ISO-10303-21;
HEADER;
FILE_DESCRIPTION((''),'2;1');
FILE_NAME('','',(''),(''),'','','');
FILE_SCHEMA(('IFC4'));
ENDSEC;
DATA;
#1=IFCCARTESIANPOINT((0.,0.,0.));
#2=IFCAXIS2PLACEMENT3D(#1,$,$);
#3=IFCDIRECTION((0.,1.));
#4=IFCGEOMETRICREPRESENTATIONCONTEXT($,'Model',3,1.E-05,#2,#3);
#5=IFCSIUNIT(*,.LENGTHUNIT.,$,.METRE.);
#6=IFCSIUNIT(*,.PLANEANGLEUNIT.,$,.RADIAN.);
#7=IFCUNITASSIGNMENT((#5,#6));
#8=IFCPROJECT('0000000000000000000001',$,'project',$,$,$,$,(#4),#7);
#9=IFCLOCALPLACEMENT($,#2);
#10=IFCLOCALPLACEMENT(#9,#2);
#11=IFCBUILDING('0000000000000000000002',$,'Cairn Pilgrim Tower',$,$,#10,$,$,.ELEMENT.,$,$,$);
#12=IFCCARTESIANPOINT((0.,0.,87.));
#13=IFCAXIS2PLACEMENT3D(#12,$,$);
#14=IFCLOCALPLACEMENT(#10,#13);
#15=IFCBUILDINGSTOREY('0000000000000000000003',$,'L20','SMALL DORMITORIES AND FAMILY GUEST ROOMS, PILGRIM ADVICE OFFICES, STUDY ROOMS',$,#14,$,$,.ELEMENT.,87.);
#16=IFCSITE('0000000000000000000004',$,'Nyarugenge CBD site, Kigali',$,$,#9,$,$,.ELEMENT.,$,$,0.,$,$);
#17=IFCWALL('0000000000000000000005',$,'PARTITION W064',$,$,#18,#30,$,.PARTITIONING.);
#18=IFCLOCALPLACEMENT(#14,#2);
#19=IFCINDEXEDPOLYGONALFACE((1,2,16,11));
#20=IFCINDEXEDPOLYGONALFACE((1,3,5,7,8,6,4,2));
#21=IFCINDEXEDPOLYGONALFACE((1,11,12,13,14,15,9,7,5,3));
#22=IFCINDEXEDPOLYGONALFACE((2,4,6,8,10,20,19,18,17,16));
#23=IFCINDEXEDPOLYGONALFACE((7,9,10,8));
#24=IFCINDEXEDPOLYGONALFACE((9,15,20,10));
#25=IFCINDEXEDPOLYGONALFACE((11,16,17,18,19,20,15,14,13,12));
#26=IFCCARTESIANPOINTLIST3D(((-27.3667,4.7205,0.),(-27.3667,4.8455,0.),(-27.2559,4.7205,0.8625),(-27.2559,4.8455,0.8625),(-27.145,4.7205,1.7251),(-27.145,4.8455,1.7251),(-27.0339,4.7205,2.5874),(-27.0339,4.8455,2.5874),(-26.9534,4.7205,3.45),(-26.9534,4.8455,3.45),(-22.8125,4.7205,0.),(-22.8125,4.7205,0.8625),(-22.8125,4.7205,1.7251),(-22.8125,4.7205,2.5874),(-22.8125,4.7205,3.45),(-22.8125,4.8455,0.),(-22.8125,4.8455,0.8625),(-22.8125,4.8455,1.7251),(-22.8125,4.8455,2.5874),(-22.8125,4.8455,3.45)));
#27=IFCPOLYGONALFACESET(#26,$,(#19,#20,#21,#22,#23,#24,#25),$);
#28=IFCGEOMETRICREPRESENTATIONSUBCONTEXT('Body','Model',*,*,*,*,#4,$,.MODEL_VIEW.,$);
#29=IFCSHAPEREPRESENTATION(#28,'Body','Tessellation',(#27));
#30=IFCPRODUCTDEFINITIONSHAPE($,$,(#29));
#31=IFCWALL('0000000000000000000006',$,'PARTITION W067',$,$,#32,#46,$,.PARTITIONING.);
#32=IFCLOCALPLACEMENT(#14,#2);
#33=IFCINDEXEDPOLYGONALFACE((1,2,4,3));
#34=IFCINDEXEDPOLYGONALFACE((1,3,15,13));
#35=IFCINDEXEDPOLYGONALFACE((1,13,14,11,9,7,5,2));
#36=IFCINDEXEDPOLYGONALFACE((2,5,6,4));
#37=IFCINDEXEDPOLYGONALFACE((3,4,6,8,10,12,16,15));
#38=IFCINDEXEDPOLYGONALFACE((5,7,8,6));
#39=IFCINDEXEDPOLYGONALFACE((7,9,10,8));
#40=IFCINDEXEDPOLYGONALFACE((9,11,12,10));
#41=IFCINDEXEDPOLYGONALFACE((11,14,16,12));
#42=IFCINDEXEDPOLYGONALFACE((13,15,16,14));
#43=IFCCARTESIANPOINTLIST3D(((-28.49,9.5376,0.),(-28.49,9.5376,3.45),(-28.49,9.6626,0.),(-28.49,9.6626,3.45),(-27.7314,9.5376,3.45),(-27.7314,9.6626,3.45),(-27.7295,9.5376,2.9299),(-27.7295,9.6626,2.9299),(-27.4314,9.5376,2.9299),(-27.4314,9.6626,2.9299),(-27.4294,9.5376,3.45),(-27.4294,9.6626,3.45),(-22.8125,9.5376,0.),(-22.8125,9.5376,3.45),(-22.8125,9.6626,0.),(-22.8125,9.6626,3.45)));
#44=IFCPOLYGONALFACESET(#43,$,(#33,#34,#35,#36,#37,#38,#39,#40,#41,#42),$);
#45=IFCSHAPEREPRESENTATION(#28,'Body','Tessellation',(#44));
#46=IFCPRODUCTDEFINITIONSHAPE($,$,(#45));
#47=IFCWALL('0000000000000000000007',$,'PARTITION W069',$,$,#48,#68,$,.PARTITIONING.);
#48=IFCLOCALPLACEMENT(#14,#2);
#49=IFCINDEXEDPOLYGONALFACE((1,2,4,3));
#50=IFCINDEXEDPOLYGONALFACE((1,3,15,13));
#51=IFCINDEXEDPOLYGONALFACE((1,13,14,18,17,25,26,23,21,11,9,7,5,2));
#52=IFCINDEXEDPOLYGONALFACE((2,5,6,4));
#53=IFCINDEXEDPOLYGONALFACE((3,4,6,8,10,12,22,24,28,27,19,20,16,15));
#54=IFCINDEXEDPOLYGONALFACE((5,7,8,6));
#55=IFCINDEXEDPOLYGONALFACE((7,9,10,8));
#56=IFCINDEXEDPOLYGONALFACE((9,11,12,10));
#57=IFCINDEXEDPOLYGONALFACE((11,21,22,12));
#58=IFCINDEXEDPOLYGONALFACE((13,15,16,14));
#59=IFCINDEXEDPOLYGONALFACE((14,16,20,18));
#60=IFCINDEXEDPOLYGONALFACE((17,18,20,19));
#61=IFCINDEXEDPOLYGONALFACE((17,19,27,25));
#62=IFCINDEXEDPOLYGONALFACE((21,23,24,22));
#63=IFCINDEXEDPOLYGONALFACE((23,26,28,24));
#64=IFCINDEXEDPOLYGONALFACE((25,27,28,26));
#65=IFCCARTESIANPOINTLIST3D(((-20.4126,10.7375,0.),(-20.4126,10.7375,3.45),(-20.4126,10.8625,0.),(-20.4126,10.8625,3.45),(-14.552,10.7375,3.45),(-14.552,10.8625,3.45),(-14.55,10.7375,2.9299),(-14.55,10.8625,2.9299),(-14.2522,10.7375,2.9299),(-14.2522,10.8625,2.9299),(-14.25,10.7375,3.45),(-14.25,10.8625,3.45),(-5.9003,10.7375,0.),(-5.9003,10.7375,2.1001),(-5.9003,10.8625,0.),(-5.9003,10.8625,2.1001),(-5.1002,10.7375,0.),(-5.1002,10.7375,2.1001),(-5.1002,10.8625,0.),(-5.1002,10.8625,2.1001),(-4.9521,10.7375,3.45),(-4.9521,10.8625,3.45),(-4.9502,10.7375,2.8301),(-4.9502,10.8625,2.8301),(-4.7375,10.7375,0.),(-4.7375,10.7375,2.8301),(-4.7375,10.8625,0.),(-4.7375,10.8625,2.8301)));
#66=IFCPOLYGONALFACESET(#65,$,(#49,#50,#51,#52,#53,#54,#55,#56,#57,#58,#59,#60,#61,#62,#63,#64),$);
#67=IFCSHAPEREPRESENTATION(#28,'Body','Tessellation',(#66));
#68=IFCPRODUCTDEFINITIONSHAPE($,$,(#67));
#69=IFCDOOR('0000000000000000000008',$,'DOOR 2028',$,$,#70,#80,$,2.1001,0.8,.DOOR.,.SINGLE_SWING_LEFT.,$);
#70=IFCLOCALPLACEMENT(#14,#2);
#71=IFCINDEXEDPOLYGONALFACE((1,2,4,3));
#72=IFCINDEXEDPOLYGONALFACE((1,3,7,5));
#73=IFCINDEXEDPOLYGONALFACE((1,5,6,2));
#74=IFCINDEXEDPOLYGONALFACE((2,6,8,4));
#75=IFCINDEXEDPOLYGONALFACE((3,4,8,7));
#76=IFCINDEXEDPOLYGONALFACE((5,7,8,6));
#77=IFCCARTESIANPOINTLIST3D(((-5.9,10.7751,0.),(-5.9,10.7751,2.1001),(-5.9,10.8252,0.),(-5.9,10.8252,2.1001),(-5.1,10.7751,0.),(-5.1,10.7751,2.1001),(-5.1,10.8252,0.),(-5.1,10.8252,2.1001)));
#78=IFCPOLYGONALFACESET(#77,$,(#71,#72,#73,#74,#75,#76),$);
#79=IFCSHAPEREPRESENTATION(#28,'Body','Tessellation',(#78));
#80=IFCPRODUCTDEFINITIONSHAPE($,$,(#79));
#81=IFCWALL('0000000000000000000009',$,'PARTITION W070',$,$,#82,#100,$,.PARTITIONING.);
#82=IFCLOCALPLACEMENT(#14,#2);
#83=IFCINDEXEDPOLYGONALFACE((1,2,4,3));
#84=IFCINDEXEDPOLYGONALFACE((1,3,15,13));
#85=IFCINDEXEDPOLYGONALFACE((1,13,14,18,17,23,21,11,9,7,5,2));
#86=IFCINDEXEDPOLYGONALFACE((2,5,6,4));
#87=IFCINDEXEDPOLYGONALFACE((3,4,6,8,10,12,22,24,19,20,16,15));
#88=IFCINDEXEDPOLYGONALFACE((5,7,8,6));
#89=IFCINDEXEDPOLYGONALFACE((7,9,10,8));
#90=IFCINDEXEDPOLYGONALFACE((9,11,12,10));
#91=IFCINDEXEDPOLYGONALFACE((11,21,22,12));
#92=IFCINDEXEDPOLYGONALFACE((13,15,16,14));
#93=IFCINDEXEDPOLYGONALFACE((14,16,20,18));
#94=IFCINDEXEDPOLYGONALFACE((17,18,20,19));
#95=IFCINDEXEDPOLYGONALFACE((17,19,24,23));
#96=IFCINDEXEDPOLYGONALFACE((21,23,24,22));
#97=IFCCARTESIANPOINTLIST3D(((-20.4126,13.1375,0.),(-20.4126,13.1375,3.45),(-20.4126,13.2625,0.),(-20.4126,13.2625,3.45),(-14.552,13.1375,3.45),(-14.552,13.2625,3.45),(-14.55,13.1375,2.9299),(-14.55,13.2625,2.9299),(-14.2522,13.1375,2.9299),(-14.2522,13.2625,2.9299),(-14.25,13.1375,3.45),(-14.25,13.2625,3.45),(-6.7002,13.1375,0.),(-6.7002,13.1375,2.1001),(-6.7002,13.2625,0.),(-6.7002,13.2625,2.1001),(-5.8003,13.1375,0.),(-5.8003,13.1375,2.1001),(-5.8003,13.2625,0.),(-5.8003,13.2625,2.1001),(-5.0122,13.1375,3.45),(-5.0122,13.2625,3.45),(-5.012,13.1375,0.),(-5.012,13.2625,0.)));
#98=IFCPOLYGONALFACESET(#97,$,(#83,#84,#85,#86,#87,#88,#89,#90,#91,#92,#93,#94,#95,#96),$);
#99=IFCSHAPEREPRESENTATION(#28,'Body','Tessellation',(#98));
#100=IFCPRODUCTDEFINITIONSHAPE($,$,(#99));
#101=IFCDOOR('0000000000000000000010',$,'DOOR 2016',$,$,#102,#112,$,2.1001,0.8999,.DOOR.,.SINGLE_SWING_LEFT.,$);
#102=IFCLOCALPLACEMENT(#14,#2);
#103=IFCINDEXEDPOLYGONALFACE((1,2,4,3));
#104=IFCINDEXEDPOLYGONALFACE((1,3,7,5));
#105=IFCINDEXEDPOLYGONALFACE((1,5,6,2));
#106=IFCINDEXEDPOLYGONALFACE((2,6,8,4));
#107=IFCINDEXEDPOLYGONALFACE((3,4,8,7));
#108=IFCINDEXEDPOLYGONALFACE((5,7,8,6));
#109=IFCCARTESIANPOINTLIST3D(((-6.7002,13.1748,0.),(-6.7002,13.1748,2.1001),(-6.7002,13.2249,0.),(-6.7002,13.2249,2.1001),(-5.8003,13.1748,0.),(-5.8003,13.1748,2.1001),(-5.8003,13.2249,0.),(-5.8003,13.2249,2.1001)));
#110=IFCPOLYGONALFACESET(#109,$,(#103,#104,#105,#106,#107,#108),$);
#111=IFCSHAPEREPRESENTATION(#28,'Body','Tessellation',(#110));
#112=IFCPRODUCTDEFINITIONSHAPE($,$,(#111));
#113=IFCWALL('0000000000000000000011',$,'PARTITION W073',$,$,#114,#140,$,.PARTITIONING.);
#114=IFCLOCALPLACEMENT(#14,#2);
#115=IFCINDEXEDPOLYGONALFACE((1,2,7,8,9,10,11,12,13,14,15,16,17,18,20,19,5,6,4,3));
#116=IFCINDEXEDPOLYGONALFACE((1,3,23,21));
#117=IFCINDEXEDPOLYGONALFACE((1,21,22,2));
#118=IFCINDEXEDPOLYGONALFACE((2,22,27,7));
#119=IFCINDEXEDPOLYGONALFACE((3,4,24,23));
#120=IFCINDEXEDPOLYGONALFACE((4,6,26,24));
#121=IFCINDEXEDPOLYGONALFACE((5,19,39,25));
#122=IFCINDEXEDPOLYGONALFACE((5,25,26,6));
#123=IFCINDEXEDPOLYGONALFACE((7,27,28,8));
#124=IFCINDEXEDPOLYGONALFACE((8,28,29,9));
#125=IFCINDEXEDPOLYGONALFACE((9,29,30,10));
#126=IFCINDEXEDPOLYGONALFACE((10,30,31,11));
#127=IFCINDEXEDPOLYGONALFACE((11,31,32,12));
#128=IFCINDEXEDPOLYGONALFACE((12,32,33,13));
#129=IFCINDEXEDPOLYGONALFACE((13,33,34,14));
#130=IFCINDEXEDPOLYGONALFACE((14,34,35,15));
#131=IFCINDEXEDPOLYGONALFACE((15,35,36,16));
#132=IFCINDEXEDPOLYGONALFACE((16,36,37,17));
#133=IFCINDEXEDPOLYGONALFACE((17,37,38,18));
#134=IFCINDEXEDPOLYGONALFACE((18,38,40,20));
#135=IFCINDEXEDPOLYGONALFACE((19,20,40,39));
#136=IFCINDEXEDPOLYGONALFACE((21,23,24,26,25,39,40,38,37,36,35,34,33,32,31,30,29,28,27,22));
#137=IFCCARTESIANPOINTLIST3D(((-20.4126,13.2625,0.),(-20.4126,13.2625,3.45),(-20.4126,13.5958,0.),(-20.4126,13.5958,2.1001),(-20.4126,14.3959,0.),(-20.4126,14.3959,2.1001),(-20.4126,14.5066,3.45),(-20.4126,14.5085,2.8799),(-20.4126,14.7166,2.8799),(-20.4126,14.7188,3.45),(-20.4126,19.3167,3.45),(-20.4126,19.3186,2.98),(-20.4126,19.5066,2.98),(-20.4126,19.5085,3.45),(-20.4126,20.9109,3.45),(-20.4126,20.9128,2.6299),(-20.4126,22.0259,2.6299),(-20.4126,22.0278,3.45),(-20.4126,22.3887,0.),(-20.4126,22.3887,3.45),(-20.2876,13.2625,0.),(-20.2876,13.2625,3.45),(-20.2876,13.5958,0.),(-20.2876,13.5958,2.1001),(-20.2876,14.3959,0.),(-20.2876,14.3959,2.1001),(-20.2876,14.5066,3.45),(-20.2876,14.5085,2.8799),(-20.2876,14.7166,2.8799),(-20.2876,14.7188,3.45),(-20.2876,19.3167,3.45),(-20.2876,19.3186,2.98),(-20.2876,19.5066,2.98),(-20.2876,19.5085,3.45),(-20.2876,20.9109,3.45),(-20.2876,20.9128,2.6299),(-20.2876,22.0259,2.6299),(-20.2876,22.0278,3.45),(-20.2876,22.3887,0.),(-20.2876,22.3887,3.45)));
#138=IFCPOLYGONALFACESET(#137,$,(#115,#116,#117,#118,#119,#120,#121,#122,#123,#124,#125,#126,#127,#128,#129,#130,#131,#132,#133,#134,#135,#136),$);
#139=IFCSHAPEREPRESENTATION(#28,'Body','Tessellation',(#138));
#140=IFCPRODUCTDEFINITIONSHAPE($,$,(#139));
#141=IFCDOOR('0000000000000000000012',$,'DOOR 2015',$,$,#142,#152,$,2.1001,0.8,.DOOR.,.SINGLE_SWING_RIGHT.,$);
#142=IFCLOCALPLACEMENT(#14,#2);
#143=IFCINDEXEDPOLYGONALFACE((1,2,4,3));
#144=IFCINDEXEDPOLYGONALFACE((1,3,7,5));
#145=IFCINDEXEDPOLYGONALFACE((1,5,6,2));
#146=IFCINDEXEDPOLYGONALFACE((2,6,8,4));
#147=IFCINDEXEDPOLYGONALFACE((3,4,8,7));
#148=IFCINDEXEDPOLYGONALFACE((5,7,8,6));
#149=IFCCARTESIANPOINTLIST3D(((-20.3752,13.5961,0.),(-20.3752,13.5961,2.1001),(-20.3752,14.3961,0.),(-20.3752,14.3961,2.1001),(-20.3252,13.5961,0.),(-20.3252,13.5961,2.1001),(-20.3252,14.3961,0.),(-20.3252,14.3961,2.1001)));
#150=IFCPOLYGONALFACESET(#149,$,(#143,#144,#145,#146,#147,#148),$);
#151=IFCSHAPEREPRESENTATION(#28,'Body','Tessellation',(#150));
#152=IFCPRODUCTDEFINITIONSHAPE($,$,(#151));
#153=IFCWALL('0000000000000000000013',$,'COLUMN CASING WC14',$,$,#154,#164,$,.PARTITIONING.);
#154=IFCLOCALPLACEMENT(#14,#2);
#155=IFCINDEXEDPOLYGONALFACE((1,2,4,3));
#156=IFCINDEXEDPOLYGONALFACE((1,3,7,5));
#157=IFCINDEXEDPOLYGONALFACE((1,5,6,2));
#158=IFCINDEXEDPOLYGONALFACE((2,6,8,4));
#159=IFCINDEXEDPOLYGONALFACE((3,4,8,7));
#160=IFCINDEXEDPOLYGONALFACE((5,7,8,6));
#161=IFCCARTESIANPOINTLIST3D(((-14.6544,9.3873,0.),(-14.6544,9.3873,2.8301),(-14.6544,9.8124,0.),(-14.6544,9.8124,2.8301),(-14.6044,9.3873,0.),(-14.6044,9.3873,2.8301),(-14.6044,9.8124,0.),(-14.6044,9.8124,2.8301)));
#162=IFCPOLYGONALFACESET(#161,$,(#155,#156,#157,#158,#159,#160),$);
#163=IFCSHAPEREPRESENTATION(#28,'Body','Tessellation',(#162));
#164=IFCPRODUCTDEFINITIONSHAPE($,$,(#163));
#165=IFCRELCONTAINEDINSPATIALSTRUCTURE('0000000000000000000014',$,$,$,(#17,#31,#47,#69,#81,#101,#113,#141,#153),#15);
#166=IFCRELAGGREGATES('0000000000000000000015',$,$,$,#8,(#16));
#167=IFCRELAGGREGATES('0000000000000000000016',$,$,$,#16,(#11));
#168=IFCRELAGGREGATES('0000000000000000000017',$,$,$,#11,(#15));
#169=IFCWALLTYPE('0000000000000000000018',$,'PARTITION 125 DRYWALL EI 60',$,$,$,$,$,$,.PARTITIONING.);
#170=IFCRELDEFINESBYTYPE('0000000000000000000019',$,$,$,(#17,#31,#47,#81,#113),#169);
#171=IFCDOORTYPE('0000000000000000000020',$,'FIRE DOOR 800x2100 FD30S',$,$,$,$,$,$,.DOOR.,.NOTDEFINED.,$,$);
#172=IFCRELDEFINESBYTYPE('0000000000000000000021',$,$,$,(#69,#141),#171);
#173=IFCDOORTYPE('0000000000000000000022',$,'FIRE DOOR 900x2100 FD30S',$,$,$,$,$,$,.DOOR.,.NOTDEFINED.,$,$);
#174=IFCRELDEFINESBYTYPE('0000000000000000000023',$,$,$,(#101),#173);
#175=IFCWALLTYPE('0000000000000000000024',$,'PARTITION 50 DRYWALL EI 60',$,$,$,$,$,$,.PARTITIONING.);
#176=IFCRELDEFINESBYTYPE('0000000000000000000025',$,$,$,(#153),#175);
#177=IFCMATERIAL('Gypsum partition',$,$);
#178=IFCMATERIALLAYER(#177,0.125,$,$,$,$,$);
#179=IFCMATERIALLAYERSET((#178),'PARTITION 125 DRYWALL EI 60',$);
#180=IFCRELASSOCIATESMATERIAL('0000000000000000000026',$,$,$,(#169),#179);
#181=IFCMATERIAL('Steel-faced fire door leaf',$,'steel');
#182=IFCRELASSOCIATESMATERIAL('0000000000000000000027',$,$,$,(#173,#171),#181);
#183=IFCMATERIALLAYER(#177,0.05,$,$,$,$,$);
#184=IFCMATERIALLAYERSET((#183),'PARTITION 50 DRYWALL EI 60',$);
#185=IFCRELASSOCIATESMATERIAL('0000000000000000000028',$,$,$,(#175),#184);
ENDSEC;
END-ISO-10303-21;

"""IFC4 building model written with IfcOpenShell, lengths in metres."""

from ifc_helpers import new_model, si_unit, direction, frame, frame_2d, origin, place, context, subcontext, project, spatial, polyline, rectangle, outline, extrude, material, layer, layer_set, type_object, element, fill, save


model = new_model("IFC4")

# Units and contexts
model_context = context("Model", 3, precision=1e-05, world=origin(), true_north=direction((0.0, 1.0)))
body_context = subcontext(model_context, "Body", "Model", "MODEL_VIEW")
ifc_project = project(units=[si_unit("LENGTHUNIT", "METRE"), si_unit("PLANEANGLEUNIT", "RADIAN")], contexts=[model_context])

# Site, building, storey
site_placement = place(None, origin())
site = spatial("IfcSite", under=ifc_project, at=site_placement, Name="Nyarugenge CBD site, Kigali", CompositionType="ELEMENT", RefElevation=0.0)
building_placement = place(site_placement, origin())
building = spatial("IfcBuilding", under=site, at=building_placement, Name="Cairn Pilgrim Tower", CompositionType="ELEMENT")
storey_placement = place(building_placement, frame((0.0, 0.0, 87.0)))
storey = spatial("IfcBuildingStorey", under=building, at=storey_placement, Name="L20", Description="SMALL DORMITORIES AND FAMILY GUEST ROOMS, PILGRIM ADVICE OFFICES, STUDY ROOMS", CompositionType="ELEMENT", Elevation=87.0)

# Shared definitions
ifc_material_1 = material(Name="Gypsum partition")
ifc_layer_1 = layer(ifc_material_1, 0.125)
ifc_layer_set_1 = layer_set([ifc_layer_1], Name="PARTITION 125 DRYWALL EI 60")
wall_type_1 = type_object("IfcWallType", Name="PARTITION 125 DRYWALL EI 60", PredefinedType="PARTITIONING", material=ifc_layer_set_1)

# Shared definitions
ifc_material_2 = material(Name="Steel-faced fire door leaf", Category="steel")
door_type_1 = type_object("IfcDoorType", Name="FIRE DOOR 900x2100 FD30S", OperationType="NOTDEFINED", PredefinedType="DOOR", material=ifc_material_2)
door_type_2 = type_object("IfcDoorType", Name="FIRE DOOR 800x2100 FD30S", OperationType="NOTDEFINED", PredefinedType="DOOR", material=ifc_material_2)

# Walls
wall_1_placement = place(storey_placement, frame((-27.3667, 4.783, 0.0), z_axis=(0.0, 0.0, 1.0), x_axis=(1.0, 0.0, 0.0)))
element("IfcWall", 1, at=wall_1_placement, inside=storey, type_object=wall_type_1, Name="PARTITION W064", PredefinedType="PARTITIONING", context=body_context, shape_type="SweptSolid", body=[
    extrude(outline(polyline([(0.0, 0.0), (4.5542, 0.0), (4.5542, 0.8625), (4.5542, 1.7251), (4.5542, 2.5874), (4.5542, 3.45), (0.4133, 3.45), (0.3328, 2.5874), (0.2217, 1.7251), (0.1108, 0.8625), (0.0, 0.0)])), frame((0.0, 0.0625, 0.0), z_axis=(0.0, -1.0, 0.0), x_axis=(1.0, 0.0, 0.0)), (0.0, 0.0, 1.0), 0.125),
])
wall_2_placement = place(storey_placement, frame((-28.49, 9.6001, 0.0), z_axis=(0.0, 0.0, 1.0), x_axis=(1.0, 0.0, 0.0)))
element("IfcWall", 2, at=wall_2_placement, inside=storey, type_object=wall_type_1, Name="PARTITION W067", PredefinedType="PARTITIONING", context=body_context, shape_type="SweptSolid", body=[
    extrude(outline(polyline([(0.0, 0.0), (5.6775, 0.0), (5.6775, 3.45), (1.0605, 3.45), (1.0586, 2.9299), (0.7605, 2.9299), (0.7585, 3.45), (0.0, 3.45), (0.0, 0.0)])), frame((0.0, 0.0625, 0.0), z_axis=(0.0, -1.0, 0.0), x_axis=(1.0, 0.0, 0.0)), (0.0, 0.0, 1.0), 0.125),
])

# Walls, openings, doors
wall_3_placement = place(storey_placement, frame((-20.4126, 10.8, 0.0), z_axis=(0.0, 0.0, 1.0), x_axis=(1.0, 0.0, 0.0)))
wall_3 = element("IfcWall", 3, at=wall_3_placement, inside=storey, type_object=wall_type_1, Name="PARTITION W069", PredefinedType="PARTITIONING", context=body_context, shape_type="SweptSolid", body=[
    extrude(outline(polyline([(0.0, 0.0), (15.675, 0.0), (15.675, 2.8301), (15.4624, 2.8301), (15.4604, 3.45), (6.1626, 3.45), (6.1604, 2.9299), (5.8625, 2.9299), (5.8606, 3.45), (0.0, 3.45), (0.0, 0.0)])), frame((0.0, 0.0625, 0.0), z_axis=(0.0, -1.0, 0.0), x_axis=(1.0, 0.0, 0.0)), (0.0, 0.0, 1.0), 0.125),
])
opening_1_placement = place(wall_3_placement, frame((14.5125, 0.0, 0.0)))
opening_1 = element("IfcOpeningElement", 4, at=opening_1_placement, cuts=wall_3, PredefinedType="OPENING", context=body_context, shape_type="SweptSolid", body=[
    extrude(rectangle(XDim=0.8, YDim=2.1001, at=frame_2d((0.3999, 1.05))), frame((0.0, 0.0725, 0.0), z_axis=(0.0, -1.0, 0.0), x_axis=(1.0, 0.0, 0.0)), (0.0, 0.0, 1.0), 0.145),
])
door_1_placement = place(opening_1_placement, frame((0.8, 0.0, 0.0), z_axis=(0.0, 0.0, 1.0), x_axis=(-1.0, 0.0, 0.0)))
door_1 = element("IfcDoor", 5, at=door_1_placement, inside=storey, type_object=door_type_2, Name="DOOR 2028", OperationType="SINGLE_SWING_LEFT", OverallHeight=2.1001, OverallWidth=0.8, PredefinedType="DOOR", context=body_context, shape_type="SweptSolid", body=[
    extrude(rectangle(XDim=0.8, YDim=2.1001, at=frame_2d((0.3999, 1.05))), frame((0.0, 0.0249, 0.0), z_axis=(0.0, -1.0, 0.0), x_axis=(1.0, 0.0, 0.0)), (0.0, 0.0, 1.0), 0.05),
])
fill(opening_1, door_1)
wall_4_placement = place(storey_placement, frame((-20.4126, 13.2, 0.0), z_axis=(0.0, 0.0, 1.0), x_axis=(1.0, 0.0, 0.0)))
wall_4 = element("IfcWall", 6, at=wall_4_placement, inside=storey, type_object=wall_type_1, Name="PARTITION W070", PredefinedType="PARTITIONING", context=body_context, shape_type="SweptSolid", body=[
    extrude(outline(polyline([(0.0, 0.0), (15.4006, 0.0), (15.4004, 3.45), (6.1626, 3.45), (6.1604, 2.9299), (5.8625, 2.9299), (5.8606, 3.45), (0.0, 3.45), (0.0, 0.0)])), frame((0.0, 0.0625, 0.0), z_axis=(0.0, -1.0, 0.0), x_axis=(1.0, 0.0, 0.0)), (0.0, 0.0, 1.0), 0.125),
])
opening_2_placement = place(wall_4_placement, frame((13.7124, 0.0, 0.0)))
opening_2 = element("IfcOpeningElement", 7, at=opening_2_placement, cuts=wall_4, PredefinedType="OPENING", context=body_context, shape_type="SweptSolid", body=[
    extrude(rectangle(XDim=0.8999, YDim=2.1001, at=frame_2d((0.45, 1.05))), frame((0.0, 0.0725, 0.0), z_axis=(0.0, -1.0, 0.0), x_axis=(1.0, 0.0, 0.0)), (0.0, 0.0, 1.0), 0.145),
])
door_2_placement = place(opening_2_placement, origin())
door_2 = element("IfcDoor", 8, at=door_2_placement, inside=storey, type_object=door_type_1, Name="DOOR 2016", OperationType="SINGLE_SWING_LEFT", OverallHeight=2.1001, OverallWidth=0.8999, PredefinedType="DOOR", context=body_context, shape_type="SweptSolid", body=[
    extrude(rectangle(XDim=0.8999, YDim=2.1001, at=frame_2d((0.45, 1.05))), frame((0.0, 0.0249, 0.0), z_axis=(0.0, -1.0, 0.0), x_axis=(1.0, 0.0, 0.0)), (0.0, 0.0, 1.0), 0.05),
])
fill(opening_2, door_2)
wall_5_placement = place(storey_placement, frame((-20.3501, 13.2625, 0.0), z_axis=(0.0, 0.0, 1.0), x_axis=(0.0, 1.0, 0.0)))
wall_5 = element("IfcWall", 9, at=wall_5_placement, inside=storey, type_object=wall_type_1, Name="PARTITION W073", PredefinedType="PARTITIONING", context=body_context, shape_type="SweptSolid", body=[
    extrude(outline(polyline([(0.0, 0.0), (9.1262, 0.0), (9.1262, 3.45), (8.7654, 3.45), (8.7634, 2.6299), (7.6504, 2.6299), (7.6484, 3.45), (6.2461, 3.45), (6.2441, 2.98), (6.0562, 2.98), (6.0542, 3.45), (1.4563, 3.45), (1.4541, 2.8799), (1.2461, 2.8799), (1.2441, 3.45), (0.0, 3.45), (0.0, 0.0)])), frame((0.0, 0.0625, 0.0), z_axis=(0.0, -1.0, 0.0), x_axis=(1.0, 0.0, 0.0)), (0.0, 0.0, 1.0), 0.125),
])
opening_3_placement = place(wall_5_placement, frame((0.3335, 0.0, 0.0)))
opening_3 = element("IfcOpeningElement", 10, at=opening_3_placement, cuts=wall_5, PredefinedType="OPENING", context=body_context, shape_type="SweptSolid", body=[
    extrude(rectangle(XDim=0.8, YDim=2.1001, at=frame_2d((0.3999, 1.05))), frame((0.0, 0.0725, 0.0), z_axis=(0.0, -1.0, 0.0), x_axis=(1.0, 0.0, 0.0)), (0.0, 0.0, 1.0), 0.145),
])
door_3_placement = place(opening_3_placement, frame((0.8, 0.0, 0.0), z_axis=(0.0, 0.0, 1.0), x_axis=(-1.0, 0.0, 0.0)))
door_3 = element("IfcDoor", 11, at=door_3_placement, inside=storey, type_object=door_type_2, Name="DOOR 2015", OperationType="SINGLE_SWING_RIGHT", OverallHeight=2.1001, OverallWidth=0.8, PredefinedType="DOOR", context=body_context, shape_type="SweptSolid", body=[
    extrude(rectangle(XDim=0.8, YDim=2.1001, at=frame_2d((0.3999, 1.05))), frame((0.0, 0.0249, 0.0), z_axis=(0.0, -1.0, 0.0), x_axis=(1.0, 0.0, 0.0)), (0.0, 0.0, 1.0), 0.05),
])
fill(opening_3, door_3)

# Wall
ifc_layer_2 = layer(ifc_material_1, 0.05)
ifc_layer_set_2 = layer_set([ifc_layer_2], Name="PARTITION 50 DRYWALL EI 60")
wall_type_2 = type_object("IfcWallType", Name="PARTITION 50 DRYWALL EI 60", PredefinedType="PARTITIONING", material=ifc_layer_set_2)
wall_6_placement = place(storey_placement, frame((-14.6294, 9.3875, 0.0), z_axis=(0.0, 0.0, 1.0), x_axis=(0.0, 1.0, 0.0)))
element("IfcWall", 12, at=wall_6_placement, inside=storey, type_object=wall_type_2, Name="COLUMN CASING WC14", PredefinedType="PARTITIONING", context=body_context, shape_type="SweptSolid", body=[
    extrude(rectangle(XDim=0.425, YDim=0.05, at=frame_2d((0.2124, 0.0))), origin(), (0.0, 0.0, 1.0), 2.8301),
])

save(model, "model.ifc")
